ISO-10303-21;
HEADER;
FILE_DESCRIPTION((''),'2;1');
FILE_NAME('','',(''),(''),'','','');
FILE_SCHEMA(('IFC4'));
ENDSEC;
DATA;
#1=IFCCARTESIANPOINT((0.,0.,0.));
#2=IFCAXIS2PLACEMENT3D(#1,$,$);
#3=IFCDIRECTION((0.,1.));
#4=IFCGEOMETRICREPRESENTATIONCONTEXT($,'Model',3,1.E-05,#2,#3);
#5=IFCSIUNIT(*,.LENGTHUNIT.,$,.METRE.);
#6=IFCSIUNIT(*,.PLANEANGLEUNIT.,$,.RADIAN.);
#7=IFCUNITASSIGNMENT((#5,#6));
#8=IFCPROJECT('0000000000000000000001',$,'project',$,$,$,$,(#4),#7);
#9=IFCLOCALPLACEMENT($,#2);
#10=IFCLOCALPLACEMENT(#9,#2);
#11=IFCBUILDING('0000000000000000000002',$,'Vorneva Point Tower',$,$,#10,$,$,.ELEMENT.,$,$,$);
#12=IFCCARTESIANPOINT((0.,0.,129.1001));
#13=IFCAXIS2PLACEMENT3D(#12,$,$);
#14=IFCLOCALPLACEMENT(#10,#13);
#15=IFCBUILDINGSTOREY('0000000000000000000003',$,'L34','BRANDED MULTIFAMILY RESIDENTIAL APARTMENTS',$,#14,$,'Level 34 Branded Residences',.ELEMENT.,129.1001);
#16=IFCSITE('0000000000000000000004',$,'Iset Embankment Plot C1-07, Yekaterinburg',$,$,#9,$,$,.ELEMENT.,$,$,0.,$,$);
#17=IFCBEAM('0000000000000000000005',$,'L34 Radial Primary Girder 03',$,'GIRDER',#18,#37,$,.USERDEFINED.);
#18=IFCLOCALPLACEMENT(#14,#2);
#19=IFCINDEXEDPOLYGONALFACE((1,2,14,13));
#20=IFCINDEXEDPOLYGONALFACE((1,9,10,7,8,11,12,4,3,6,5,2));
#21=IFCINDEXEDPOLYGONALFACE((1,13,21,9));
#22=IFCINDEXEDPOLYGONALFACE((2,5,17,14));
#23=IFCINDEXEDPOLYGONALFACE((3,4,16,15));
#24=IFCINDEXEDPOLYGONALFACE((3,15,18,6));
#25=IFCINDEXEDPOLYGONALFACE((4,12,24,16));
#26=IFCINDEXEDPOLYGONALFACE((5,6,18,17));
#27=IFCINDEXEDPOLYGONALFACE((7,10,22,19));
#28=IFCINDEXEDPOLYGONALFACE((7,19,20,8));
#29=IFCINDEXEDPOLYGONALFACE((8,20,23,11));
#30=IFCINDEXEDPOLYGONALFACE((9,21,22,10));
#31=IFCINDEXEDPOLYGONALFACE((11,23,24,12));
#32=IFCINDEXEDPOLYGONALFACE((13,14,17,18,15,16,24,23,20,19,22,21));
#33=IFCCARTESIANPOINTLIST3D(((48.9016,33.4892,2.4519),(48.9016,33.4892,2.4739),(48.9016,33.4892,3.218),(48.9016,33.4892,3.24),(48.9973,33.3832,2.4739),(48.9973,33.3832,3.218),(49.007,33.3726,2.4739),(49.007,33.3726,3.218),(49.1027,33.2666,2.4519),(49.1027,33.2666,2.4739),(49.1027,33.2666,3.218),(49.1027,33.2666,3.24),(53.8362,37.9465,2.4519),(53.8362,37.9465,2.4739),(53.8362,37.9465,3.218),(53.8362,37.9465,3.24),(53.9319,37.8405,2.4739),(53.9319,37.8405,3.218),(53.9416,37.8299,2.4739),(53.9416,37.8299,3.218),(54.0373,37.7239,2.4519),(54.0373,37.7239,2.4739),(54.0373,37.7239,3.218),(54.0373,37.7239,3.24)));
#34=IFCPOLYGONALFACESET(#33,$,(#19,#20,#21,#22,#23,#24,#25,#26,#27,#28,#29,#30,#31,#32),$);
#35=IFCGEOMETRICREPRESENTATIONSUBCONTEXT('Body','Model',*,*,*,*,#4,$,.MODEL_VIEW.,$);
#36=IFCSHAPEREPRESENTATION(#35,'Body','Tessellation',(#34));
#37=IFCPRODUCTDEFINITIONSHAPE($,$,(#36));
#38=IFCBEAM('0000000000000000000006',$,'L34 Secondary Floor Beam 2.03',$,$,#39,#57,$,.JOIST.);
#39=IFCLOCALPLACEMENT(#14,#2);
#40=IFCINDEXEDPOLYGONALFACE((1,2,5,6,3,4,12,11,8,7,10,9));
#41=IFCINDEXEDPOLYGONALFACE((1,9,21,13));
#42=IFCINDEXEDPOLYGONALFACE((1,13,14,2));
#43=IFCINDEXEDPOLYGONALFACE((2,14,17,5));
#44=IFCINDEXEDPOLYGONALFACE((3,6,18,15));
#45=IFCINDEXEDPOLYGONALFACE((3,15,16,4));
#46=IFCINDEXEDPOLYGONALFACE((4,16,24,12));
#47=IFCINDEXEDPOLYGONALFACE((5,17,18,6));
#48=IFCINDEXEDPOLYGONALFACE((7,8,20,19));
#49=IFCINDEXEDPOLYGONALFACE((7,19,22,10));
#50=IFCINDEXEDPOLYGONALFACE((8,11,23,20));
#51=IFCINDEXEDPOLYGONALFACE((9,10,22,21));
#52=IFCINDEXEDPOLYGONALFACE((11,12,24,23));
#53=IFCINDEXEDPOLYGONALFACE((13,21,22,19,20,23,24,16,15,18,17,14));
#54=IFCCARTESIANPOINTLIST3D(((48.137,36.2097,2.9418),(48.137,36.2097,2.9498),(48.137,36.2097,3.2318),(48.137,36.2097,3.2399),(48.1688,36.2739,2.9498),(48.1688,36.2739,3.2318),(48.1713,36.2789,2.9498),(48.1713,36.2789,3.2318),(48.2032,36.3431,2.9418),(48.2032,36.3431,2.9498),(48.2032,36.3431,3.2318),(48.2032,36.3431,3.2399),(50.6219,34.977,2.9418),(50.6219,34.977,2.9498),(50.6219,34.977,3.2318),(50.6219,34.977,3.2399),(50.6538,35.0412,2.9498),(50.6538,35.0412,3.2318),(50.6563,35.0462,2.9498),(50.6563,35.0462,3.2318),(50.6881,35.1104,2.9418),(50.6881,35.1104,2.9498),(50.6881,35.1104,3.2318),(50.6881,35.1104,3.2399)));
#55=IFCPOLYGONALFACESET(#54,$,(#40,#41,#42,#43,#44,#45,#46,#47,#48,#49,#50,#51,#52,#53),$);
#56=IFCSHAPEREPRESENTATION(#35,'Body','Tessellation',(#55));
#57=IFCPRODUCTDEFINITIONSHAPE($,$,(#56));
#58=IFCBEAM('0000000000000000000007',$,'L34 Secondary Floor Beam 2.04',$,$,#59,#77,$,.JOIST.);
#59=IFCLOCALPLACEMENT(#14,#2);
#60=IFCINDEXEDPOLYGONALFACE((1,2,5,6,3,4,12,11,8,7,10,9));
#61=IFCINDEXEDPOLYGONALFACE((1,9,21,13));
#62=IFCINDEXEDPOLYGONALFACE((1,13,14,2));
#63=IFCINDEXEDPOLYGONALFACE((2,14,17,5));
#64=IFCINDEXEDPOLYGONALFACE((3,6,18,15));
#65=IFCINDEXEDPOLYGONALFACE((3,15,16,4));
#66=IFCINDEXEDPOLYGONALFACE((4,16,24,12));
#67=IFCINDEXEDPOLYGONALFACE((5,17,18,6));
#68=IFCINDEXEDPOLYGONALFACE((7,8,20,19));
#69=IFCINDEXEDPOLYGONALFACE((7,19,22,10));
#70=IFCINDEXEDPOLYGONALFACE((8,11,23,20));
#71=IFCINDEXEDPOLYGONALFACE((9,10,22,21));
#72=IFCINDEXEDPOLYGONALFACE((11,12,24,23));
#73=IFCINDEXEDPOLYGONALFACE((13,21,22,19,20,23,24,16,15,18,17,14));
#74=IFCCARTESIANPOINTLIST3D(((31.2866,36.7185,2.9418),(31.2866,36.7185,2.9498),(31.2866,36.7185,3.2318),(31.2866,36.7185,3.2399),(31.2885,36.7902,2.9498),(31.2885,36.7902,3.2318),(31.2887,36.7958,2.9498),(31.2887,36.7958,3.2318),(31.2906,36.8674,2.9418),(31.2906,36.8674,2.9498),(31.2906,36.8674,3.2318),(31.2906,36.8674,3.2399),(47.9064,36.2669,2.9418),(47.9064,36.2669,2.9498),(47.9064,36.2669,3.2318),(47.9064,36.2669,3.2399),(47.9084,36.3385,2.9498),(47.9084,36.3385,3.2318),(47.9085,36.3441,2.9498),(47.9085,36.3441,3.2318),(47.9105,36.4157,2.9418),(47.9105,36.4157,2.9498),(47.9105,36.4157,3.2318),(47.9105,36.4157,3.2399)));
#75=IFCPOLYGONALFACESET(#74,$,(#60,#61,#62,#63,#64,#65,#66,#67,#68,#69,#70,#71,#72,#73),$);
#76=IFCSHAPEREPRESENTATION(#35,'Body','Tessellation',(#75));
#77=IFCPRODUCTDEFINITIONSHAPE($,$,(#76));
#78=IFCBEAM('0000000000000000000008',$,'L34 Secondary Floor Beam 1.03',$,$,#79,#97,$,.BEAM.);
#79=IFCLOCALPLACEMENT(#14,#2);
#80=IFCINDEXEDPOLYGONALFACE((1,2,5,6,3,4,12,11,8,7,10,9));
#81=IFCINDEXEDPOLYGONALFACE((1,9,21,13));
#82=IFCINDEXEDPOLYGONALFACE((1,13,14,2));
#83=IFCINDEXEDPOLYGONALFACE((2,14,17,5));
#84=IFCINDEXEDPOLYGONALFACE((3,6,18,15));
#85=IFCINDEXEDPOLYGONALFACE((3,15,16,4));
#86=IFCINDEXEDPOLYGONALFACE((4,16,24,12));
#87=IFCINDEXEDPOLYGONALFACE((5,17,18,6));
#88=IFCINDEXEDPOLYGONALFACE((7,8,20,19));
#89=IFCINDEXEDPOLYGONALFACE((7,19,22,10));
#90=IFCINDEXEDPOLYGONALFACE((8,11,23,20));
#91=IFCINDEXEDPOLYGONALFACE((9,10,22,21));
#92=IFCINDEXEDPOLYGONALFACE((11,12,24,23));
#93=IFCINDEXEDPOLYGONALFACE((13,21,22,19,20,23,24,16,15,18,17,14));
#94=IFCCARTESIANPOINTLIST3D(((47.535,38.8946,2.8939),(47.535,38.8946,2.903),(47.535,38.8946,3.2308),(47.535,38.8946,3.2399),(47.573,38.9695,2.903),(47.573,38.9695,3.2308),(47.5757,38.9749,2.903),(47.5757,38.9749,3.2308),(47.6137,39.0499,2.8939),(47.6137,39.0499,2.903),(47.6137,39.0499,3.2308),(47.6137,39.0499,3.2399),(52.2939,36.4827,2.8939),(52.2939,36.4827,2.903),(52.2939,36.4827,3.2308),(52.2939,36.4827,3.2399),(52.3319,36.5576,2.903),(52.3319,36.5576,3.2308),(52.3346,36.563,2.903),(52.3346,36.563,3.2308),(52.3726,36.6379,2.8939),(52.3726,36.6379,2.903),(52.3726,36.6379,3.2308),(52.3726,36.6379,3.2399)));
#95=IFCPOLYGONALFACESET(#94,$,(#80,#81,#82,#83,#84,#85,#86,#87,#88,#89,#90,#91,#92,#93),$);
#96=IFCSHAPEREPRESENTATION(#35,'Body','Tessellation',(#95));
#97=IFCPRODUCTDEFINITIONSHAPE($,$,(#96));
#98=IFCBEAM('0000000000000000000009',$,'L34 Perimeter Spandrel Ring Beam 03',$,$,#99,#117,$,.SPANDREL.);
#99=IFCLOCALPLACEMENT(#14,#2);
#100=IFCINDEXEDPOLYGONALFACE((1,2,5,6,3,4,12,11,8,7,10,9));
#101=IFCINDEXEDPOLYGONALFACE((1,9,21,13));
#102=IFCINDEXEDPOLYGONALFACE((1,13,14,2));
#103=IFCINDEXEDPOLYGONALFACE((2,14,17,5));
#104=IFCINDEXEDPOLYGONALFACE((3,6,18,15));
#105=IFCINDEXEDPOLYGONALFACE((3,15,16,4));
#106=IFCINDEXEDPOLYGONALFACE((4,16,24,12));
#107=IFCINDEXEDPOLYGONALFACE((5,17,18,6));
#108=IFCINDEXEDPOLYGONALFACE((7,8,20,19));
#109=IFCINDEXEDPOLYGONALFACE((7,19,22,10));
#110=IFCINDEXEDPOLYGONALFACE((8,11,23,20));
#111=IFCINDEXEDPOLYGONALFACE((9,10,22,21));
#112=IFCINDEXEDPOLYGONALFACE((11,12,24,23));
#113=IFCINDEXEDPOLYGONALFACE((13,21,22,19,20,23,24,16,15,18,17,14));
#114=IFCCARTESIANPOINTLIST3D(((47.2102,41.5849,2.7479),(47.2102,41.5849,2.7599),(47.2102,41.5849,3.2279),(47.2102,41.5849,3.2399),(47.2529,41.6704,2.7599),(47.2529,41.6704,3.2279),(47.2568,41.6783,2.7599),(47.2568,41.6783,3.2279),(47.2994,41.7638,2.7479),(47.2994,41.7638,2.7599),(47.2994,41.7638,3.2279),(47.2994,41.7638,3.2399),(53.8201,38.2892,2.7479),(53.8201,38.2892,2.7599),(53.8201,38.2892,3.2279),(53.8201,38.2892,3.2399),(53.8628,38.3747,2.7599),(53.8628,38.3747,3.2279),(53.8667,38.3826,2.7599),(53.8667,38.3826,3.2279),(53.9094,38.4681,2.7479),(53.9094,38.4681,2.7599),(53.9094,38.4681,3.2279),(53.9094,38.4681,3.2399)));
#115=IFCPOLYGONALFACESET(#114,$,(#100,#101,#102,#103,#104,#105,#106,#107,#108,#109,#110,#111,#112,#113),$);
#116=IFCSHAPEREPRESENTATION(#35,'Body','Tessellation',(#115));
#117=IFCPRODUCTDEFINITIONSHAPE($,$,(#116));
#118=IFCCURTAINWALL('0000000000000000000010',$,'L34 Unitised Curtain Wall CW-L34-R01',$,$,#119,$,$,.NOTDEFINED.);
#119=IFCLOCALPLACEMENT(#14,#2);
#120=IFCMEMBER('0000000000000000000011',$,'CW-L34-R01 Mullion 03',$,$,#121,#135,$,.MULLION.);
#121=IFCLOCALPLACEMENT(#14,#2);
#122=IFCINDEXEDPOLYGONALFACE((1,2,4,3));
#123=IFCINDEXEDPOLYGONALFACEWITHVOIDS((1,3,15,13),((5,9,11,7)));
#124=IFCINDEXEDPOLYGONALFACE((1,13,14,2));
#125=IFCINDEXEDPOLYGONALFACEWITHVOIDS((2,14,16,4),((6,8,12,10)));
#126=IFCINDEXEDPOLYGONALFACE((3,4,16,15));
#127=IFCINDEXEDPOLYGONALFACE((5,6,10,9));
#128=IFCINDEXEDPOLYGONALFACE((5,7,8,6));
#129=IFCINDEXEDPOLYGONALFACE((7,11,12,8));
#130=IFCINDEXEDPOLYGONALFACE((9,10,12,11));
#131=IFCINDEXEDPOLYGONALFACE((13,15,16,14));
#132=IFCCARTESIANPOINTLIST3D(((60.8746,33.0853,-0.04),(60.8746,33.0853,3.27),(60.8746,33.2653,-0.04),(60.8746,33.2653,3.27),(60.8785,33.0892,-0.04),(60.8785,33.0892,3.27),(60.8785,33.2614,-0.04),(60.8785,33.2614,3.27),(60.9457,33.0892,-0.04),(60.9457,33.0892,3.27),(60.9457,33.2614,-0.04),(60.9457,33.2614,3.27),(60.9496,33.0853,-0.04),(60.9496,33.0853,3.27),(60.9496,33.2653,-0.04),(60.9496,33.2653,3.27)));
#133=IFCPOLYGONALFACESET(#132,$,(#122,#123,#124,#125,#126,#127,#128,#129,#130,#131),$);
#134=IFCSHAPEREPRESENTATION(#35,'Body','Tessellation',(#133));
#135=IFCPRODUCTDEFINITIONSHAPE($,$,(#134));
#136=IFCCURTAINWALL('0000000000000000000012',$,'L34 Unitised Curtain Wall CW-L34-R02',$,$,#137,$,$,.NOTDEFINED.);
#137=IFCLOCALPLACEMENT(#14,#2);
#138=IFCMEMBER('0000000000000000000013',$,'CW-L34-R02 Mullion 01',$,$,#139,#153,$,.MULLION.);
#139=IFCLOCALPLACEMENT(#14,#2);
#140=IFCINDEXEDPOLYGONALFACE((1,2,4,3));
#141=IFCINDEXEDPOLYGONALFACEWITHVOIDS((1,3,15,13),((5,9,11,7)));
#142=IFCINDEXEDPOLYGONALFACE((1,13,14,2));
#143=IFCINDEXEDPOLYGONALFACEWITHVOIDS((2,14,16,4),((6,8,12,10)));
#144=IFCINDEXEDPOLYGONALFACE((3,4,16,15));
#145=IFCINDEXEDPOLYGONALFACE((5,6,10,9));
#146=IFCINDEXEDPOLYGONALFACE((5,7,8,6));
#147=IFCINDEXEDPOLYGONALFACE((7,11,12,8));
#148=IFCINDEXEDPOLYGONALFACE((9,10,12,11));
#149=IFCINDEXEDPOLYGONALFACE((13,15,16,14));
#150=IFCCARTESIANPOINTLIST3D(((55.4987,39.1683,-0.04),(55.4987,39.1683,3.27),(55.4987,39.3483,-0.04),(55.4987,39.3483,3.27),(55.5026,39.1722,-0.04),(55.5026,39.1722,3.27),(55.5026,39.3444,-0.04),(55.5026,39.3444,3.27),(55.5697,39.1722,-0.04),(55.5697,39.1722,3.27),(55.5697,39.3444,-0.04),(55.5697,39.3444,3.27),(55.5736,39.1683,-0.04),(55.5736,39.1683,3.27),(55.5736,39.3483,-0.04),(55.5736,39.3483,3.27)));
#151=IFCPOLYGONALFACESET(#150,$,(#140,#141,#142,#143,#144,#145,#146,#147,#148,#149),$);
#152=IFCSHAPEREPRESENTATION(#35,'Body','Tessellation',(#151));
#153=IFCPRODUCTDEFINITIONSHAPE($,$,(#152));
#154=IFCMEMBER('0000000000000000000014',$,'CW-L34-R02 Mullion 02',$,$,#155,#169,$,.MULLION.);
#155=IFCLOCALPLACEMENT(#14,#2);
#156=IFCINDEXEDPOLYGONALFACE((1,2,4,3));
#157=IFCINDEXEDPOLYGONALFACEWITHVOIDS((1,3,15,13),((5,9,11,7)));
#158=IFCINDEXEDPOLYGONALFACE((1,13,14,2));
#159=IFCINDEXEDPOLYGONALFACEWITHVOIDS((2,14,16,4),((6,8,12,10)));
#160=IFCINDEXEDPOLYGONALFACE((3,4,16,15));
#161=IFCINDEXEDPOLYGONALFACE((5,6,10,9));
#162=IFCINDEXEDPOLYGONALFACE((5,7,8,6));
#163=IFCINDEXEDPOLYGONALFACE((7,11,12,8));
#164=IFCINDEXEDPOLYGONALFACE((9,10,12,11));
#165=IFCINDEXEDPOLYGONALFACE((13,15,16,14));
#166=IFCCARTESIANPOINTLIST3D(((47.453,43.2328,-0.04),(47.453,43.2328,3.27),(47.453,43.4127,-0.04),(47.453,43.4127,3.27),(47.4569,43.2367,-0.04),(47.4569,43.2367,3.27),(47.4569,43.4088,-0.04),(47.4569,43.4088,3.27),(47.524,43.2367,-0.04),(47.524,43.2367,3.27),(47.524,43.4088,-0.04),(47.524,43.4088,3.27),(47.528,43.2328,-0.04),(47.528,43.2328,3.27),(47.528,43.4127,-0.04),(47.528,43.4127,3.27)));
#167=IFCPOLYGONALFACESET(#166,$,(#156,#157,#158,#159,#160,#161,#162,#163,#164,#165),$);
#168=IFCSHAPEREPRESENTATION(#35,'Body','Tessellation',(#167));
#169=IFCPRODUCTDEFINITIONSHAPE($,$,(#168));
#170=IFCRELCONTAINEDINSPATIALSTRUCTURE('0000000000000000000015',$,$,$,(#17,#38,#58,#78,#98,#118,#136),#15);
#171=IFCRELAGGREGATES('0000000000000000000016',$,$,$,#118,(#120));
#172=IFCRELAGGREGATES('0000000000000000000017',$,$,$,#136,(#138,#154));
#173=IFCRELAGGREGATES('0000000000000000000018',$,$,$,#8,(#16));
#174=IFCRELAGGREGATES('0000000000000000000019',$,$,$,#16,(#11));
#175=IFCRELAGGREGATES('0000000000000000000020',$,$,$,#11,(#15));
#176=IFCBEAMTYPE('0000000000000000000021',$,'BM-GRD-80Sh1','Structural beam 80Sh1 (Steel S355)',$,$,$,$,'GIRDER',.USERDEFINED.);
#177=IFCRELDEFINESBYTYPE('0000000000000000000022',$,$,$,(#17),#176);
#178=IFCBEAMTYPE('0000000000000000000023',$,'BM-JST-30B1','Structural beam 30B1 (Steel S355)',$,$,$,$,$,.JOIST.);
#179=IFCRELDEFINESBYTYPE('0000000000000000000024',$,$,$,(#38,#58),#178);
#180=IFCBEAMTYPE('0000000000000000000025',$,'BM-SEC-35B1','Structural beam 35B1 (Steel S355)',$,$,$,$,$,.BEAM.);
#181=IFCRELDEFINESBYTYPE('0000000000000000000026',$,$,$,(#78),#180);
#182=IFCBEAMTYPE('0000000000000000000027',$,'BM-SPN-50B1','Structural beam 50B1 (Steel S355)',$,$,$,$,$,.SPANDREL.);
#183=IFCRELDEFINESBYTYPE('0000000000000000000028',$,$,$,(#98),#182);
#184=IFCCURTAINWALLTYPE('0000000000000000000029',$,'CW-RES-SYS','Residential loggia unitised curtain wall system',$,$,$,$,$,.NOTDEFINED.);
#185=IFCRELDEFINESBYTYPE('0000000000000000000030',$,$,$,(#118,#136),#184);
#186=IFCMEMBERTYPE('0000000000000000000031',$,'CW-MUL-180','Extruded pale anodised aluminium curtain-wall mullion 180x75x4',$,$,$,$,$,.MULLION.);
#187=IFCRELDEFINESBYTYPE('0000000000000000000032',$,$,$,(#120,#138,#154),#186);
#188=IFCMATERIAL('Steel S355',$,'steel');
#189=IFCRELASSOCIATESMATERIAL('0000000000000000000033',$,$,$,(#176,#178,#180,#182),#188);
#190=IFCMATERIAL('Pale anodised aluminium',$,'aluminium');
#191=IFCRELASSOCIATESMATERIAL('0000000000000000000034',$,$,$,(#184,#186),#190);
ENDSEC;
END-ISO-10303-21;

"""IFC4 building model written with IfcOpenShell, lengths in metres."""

from ifc_helpers import new_model, si_unit, direction, frame, origin, origin_2d, place, context, subcontext, project, spatial, hollow_rectangle, i_section, extrude, material, material_profile, profile_set, type_object, element, aggregate, save


model = new_model("IFC4")

# Units and contexts
model_context = context("Model", 3, precision=1e-05, world=origin(), true_north=direction((0.0, 1.0)))
body_context = subcontext(model_context, "Body", "Model", "MODEL_VIEW")
ifc_project = project(units=[si_unit("LENGTHUNIT", "METRE"), si_unit("PLANEANGLEUNIT", "RADIAN")], contexts=[model_context])

# Site, building, storey
site_placement = place(None, origin())
site = spatial("IfcSite", under=ifc_project, at=site_placement, Name="Iset Embankment Plot C1-07, Yekaterinburg", CompositionType="ELEMENT", RefElevation=0.0)
building_placement = place(site_placement, origin())
building = spatial("IfcBuilding", under=site, at=building_placement, Name="Vorneva Point Tower", CompositionType="ELEMENT")
storey_placement = place(building_placement, frame((0.0, 0.0, 129.1001)))
storey = spatial("IfcBuildingStorey", under=building, at=storey_placement, Name="L34", Description="BRANDED MULTIFAMILY RESIDENTIAL APARTMENTS", LongName="Level 34 Branded Residences", CompositionType="ELEMENT", Elevation=129.1001)

# Beams
ifc_material_1 = material(Name="Steel S355", Category="steel")
ifc_material_profile_1 = material_profile(ifc_material_1, i_section(OverallWidth=0.3, OverallDepth=0.7881, WebThickness=0.0144, FlangeThickness=0.022, at=origin_2d()), Name="80Sh1")
ifc_profile_set_1 = profile_set([ifc_material_profile_1], Name="Steel S355")
beam_type_1 = type_object("IfcBeamType", Name="BM-GRD-80Sh1", Description="Structural beam 80Sh1 (Steel S355)", ElementType="GIRDER", PredefinedType="USERDEFINED", material=ifc_profile_set_1)
beam_1_placement = place(storey_placement, frame((53.9368, 37.8352, 2.8459), z_axis=(-0.742084, -0.670306, 0.0), x_axis=(0.670306, -0.742084, 0.0)))
element("IfcBeam", 1, at=beam_1_placement, inside=storey, type_object=beam_type_1, Name="L34 Radial Primary Girder 03", ObjectType="GIRDER", PredefinedType="USERDEFINED", context=body_context, shape_type="SweptSolid", body=[
    extrude(i_section(OverallWidth=0.3, OverallDepth=0.7881, WebThickness=0.0144, FlangeThickness=0.022, at=origin_2d()), origin(), (0.0, 0.0, 1.0), 6.6497),
])
ifc_material_profile_2 = material_profile(ifc_material_1, i_section(OverallWidth=0.1489, OverallDepth=0.2981, WebThickness=0.0056, FlangeThickness=0.0081, at=origin_2d()), Name="30B1")
ifc_profile_set_2 = profile_set([ifc_material_profile_2], Name="Steel S355")
beam_type_2 = type_object("IfcBeamType", Name="BM-JST-30B1", Description="Structural beam 30B1 (Steel S355)", PredefinedType="JOIST", material=ifc_profile_set_2)
beam_2_placement = place(storey_placement, frame((50.655, 35.0437, 3.0908), z_axis=(-0.895831, 0.444395, 0.0), x_axis=(-0.444395, -0.895831, 0.0)))
element("IfcBeam", 2, at=beam_2_placement, inside=storey, type_object=beam_type_2, Name="L34 Secondary Floor Beam 2.03", PredefinedType="JOIST", context=body_context, shape_type="SweptSolid", body=[
    extrude(i_section(OverallWidth=0.1489, OverallDepth=0.2981, WebThickness=0.0056, FlangeThickness=0.0081, at=origin_2d()), origin(), (0.0, 0.0, 1.0), 2.7739),
])
beam_3_placement = place(storey_placement, frame((47.9084, 36.3413, 3.0908), z_axis=(-0.999631, 0.027166, 0.0), x_axis=(-0.027166, -0.999631, 0.0)))
element("IfcBeam", 3, at=beam_3_placement, inside=storey, type_object=beam_type_2, Name="L34 Secondary Floor Beam 2.04", PredefinedType="JOIST", context=body_context, shape_type="SweptSolid", body=[
    extrude(i_section(OverallWidth=0.1489, OverallDepth=0.2981, WebThickness=0.0056, FlangeThickness=0.0081, at=origin_2d()), origin(), (0.0, 0.0, 1.0), 16.626),
])
ifc_material_profile_3 = material_profile(ifc_material_1, i_section(OverallWidth=0.1741, OverallDepth=0.3459, WebThickness=0.0061, FlangeThickness=0.009, at=origin_2d()), Name="35B1")
ifc_profile_set_3 = profile_set([ifc_material_profile_3], Name="Steel S355")
beam_type_3 = type_object("IfcBeamType", Name="BM-SEC-35B1", Description="Structural beam 35B1 (Steel S355)", PredefinedType="BEAM", material=ifc_profile_set_3)
beam_4_placement = place(storey_placement, frame((52.3333, 36.5603, 3.0669), z_axis=(-0.891979, 0.452076, 0.0), x_axis=(-0.452076, -0.891979, 0.0)))
element("IfcBeam", 4, at=beam_4_placement, inside=storey, type_object=beam_type_3, Name="L34 Secondary Floor Beam 1.03", PredefinedType="BEAM", context=body_context, shape_type="SweptSolid", body=[
    extrude(i_section(OverallWidth=0.1741, OverallDepth=0.3459, WebThickness=0.0061, FlangeThickness=0.009, at=origin_2d()), origin(), (0.0, 0.0, 1.0), 5.3352),
])
ifc_material_profile_4 = material_profile(ifc_material_1, i_section(OverallWidth=0.2, OverallDepth=0.4919, WebThickness=0.0088, FlangeThickness=0.012, at=origin_2d()), Name="50B1")
ifc_profile_set_4 = profile_set([ifc_material_profile_4], Name="Steel S355")
beam_type_4 = type_object("IfcBeamType", Name="BM-SPN-50B1", Description="Structural beam 50B1 (Steel S355)", PredefinedType="SPANDREL", material=ifc_profile_set_4)
beam_5_placement = place(storey_placement, frame((53.8647, 38.3787, 2.9939), z_axis=(-0.894929, 0.446208, 0.0), x_axis=(-0.446208, -0.894929, 0.0)))
element("IfcBeam", 5, at=beam_5_placement, inside=storey, type_object=beam_type_4, Name="L34 Perimeter Spandrel Ring Beam 03", PredefinedType="SPANDREL", context=body_context, shape_type="SweptSolid", body=[
    extrude(i_section(OverallWidth=0.2, OverallDepth=0.4919, WebThickness=0.0088, FlangeThickness=0.012, at=origin_2d()), origin(), (0.0, 0.0, 1.0), 7.386),
])

# Curtain wall, member
ifc_material_2 = material(Name="Pale anodised aluminium", Category="aluminium")
curtain_wall_type = type_object("IfcCurtainWallType", Name="CW-RES-SYS", Description="Residential loggia unitised curtain wall system", PredefinedType="NOTDEFINED", material=ifc_material_2)
curtain_wall_1_placement = place(storey_placement, origin())
curtain_wall_1 = element("IfcCurtainWall", 6, at=curtain_wall_1_placement, inside=storey, type_object=curtain_wall_type, Name="L34 Unitised Curtain Wall CW-L34-R01", PredefinedType="NOTDEFINED")
ifc_material_profile_5 = material_profile(ifc_material_2, hollow_rectangle(XDim=0.075, YDim=0.1799, WallThickness=0.0039, at=origin_2d()), Name="AL-MUL 180x75x4")
ifc_profile_set_5 = profile_set([ifc_material_profile_5], Name="Pale anodised aluminium")
member_type_1 = type_object("IfcMemberType", Name="CW-MUL-180", Description="Extruded pale anodised aluminium curtain-wall mullion 180x75x4", PredefinedType="MULLION", material=ifc_profile_set_5)
member_1_placement = place(storey_placement, frame((60.9121, 33.1753, -0.04), z_axis=(0.0, 0.0, 1.0), x_axis=(1.0, 0.0, 0.0)))
member_1 = element("IfcMember", 7, at=member_1_placement, type_object=member_type_1, Name="CW-L34-R01 Mullion 03", PredefinedType="MULLION", context=body_context, shape_type="SweptSolid", body=[
    extrude(hollow_rectangle(XDim=0.075, YDim=0.1799, WallThickness=0.0039, at=origin_2d()), origin(), (0.0, 0.0, 1.0), 3.3101),
])
aggregate(curtain_wall_1, [member_1])

# Curtain wall, members
curtain_wall_2_placement = place(storey_placement, origin())
curtain_wall_2 = element("IfcCurtainWall", 8, at=curtain_wall_2_placement, inside=storey, type_object=curtain_wall_type, Name="L34 Unitised Curtain Wall CW-L34-R02", PredefinedType="NOTDEFINED")
member_2_placement = place(storey_placement, frame((55.5361, 39.2583, -0.04), z_axis=(0.0, 0.0, 1.0), x_axis=(1.0, 0.0, 0.0)))
member_2 = element("IfcMember", 9, at=member_2_placement, type_object=member_type_1, Name="CW-L34-R02 Mullion 01", PredefinedType="MULLION", context=body_context, shape_type="SweptSolid", body=[
    extrude(hollow_rectangle(XDim=0.075, YDim=0.1799, WallThickness=0.0039, at=origin_2d()), origin(), (0.0, 0.0, 1.0), 3.3101),
])
member_3_placement = place(storey_placement, frame((47.4905, 43.3228, -0.04), z_axis=(0.0, 0.0, 1.0), x_axis=(1.0, 0.0, 0.0)))
member_3 = element("IfcMember", 10, at=member_3_placement, type_object=member_type_1, Name="CW-L34-R02 Mullion 02", PredefinedType="MULLION", context=body_context, shape_type="SweptSolid", body=[
    extrude(hollow_rectangle(XDim=0.075, YDim=0.1799, WallThickness=0.0039, at=origin_2d()), origin(), (0.0, 0.0, 1.0), 3.3101),
])
aggregate(curtain_wall_2, [member_2, member_3])

save(model, "model.ifc")
